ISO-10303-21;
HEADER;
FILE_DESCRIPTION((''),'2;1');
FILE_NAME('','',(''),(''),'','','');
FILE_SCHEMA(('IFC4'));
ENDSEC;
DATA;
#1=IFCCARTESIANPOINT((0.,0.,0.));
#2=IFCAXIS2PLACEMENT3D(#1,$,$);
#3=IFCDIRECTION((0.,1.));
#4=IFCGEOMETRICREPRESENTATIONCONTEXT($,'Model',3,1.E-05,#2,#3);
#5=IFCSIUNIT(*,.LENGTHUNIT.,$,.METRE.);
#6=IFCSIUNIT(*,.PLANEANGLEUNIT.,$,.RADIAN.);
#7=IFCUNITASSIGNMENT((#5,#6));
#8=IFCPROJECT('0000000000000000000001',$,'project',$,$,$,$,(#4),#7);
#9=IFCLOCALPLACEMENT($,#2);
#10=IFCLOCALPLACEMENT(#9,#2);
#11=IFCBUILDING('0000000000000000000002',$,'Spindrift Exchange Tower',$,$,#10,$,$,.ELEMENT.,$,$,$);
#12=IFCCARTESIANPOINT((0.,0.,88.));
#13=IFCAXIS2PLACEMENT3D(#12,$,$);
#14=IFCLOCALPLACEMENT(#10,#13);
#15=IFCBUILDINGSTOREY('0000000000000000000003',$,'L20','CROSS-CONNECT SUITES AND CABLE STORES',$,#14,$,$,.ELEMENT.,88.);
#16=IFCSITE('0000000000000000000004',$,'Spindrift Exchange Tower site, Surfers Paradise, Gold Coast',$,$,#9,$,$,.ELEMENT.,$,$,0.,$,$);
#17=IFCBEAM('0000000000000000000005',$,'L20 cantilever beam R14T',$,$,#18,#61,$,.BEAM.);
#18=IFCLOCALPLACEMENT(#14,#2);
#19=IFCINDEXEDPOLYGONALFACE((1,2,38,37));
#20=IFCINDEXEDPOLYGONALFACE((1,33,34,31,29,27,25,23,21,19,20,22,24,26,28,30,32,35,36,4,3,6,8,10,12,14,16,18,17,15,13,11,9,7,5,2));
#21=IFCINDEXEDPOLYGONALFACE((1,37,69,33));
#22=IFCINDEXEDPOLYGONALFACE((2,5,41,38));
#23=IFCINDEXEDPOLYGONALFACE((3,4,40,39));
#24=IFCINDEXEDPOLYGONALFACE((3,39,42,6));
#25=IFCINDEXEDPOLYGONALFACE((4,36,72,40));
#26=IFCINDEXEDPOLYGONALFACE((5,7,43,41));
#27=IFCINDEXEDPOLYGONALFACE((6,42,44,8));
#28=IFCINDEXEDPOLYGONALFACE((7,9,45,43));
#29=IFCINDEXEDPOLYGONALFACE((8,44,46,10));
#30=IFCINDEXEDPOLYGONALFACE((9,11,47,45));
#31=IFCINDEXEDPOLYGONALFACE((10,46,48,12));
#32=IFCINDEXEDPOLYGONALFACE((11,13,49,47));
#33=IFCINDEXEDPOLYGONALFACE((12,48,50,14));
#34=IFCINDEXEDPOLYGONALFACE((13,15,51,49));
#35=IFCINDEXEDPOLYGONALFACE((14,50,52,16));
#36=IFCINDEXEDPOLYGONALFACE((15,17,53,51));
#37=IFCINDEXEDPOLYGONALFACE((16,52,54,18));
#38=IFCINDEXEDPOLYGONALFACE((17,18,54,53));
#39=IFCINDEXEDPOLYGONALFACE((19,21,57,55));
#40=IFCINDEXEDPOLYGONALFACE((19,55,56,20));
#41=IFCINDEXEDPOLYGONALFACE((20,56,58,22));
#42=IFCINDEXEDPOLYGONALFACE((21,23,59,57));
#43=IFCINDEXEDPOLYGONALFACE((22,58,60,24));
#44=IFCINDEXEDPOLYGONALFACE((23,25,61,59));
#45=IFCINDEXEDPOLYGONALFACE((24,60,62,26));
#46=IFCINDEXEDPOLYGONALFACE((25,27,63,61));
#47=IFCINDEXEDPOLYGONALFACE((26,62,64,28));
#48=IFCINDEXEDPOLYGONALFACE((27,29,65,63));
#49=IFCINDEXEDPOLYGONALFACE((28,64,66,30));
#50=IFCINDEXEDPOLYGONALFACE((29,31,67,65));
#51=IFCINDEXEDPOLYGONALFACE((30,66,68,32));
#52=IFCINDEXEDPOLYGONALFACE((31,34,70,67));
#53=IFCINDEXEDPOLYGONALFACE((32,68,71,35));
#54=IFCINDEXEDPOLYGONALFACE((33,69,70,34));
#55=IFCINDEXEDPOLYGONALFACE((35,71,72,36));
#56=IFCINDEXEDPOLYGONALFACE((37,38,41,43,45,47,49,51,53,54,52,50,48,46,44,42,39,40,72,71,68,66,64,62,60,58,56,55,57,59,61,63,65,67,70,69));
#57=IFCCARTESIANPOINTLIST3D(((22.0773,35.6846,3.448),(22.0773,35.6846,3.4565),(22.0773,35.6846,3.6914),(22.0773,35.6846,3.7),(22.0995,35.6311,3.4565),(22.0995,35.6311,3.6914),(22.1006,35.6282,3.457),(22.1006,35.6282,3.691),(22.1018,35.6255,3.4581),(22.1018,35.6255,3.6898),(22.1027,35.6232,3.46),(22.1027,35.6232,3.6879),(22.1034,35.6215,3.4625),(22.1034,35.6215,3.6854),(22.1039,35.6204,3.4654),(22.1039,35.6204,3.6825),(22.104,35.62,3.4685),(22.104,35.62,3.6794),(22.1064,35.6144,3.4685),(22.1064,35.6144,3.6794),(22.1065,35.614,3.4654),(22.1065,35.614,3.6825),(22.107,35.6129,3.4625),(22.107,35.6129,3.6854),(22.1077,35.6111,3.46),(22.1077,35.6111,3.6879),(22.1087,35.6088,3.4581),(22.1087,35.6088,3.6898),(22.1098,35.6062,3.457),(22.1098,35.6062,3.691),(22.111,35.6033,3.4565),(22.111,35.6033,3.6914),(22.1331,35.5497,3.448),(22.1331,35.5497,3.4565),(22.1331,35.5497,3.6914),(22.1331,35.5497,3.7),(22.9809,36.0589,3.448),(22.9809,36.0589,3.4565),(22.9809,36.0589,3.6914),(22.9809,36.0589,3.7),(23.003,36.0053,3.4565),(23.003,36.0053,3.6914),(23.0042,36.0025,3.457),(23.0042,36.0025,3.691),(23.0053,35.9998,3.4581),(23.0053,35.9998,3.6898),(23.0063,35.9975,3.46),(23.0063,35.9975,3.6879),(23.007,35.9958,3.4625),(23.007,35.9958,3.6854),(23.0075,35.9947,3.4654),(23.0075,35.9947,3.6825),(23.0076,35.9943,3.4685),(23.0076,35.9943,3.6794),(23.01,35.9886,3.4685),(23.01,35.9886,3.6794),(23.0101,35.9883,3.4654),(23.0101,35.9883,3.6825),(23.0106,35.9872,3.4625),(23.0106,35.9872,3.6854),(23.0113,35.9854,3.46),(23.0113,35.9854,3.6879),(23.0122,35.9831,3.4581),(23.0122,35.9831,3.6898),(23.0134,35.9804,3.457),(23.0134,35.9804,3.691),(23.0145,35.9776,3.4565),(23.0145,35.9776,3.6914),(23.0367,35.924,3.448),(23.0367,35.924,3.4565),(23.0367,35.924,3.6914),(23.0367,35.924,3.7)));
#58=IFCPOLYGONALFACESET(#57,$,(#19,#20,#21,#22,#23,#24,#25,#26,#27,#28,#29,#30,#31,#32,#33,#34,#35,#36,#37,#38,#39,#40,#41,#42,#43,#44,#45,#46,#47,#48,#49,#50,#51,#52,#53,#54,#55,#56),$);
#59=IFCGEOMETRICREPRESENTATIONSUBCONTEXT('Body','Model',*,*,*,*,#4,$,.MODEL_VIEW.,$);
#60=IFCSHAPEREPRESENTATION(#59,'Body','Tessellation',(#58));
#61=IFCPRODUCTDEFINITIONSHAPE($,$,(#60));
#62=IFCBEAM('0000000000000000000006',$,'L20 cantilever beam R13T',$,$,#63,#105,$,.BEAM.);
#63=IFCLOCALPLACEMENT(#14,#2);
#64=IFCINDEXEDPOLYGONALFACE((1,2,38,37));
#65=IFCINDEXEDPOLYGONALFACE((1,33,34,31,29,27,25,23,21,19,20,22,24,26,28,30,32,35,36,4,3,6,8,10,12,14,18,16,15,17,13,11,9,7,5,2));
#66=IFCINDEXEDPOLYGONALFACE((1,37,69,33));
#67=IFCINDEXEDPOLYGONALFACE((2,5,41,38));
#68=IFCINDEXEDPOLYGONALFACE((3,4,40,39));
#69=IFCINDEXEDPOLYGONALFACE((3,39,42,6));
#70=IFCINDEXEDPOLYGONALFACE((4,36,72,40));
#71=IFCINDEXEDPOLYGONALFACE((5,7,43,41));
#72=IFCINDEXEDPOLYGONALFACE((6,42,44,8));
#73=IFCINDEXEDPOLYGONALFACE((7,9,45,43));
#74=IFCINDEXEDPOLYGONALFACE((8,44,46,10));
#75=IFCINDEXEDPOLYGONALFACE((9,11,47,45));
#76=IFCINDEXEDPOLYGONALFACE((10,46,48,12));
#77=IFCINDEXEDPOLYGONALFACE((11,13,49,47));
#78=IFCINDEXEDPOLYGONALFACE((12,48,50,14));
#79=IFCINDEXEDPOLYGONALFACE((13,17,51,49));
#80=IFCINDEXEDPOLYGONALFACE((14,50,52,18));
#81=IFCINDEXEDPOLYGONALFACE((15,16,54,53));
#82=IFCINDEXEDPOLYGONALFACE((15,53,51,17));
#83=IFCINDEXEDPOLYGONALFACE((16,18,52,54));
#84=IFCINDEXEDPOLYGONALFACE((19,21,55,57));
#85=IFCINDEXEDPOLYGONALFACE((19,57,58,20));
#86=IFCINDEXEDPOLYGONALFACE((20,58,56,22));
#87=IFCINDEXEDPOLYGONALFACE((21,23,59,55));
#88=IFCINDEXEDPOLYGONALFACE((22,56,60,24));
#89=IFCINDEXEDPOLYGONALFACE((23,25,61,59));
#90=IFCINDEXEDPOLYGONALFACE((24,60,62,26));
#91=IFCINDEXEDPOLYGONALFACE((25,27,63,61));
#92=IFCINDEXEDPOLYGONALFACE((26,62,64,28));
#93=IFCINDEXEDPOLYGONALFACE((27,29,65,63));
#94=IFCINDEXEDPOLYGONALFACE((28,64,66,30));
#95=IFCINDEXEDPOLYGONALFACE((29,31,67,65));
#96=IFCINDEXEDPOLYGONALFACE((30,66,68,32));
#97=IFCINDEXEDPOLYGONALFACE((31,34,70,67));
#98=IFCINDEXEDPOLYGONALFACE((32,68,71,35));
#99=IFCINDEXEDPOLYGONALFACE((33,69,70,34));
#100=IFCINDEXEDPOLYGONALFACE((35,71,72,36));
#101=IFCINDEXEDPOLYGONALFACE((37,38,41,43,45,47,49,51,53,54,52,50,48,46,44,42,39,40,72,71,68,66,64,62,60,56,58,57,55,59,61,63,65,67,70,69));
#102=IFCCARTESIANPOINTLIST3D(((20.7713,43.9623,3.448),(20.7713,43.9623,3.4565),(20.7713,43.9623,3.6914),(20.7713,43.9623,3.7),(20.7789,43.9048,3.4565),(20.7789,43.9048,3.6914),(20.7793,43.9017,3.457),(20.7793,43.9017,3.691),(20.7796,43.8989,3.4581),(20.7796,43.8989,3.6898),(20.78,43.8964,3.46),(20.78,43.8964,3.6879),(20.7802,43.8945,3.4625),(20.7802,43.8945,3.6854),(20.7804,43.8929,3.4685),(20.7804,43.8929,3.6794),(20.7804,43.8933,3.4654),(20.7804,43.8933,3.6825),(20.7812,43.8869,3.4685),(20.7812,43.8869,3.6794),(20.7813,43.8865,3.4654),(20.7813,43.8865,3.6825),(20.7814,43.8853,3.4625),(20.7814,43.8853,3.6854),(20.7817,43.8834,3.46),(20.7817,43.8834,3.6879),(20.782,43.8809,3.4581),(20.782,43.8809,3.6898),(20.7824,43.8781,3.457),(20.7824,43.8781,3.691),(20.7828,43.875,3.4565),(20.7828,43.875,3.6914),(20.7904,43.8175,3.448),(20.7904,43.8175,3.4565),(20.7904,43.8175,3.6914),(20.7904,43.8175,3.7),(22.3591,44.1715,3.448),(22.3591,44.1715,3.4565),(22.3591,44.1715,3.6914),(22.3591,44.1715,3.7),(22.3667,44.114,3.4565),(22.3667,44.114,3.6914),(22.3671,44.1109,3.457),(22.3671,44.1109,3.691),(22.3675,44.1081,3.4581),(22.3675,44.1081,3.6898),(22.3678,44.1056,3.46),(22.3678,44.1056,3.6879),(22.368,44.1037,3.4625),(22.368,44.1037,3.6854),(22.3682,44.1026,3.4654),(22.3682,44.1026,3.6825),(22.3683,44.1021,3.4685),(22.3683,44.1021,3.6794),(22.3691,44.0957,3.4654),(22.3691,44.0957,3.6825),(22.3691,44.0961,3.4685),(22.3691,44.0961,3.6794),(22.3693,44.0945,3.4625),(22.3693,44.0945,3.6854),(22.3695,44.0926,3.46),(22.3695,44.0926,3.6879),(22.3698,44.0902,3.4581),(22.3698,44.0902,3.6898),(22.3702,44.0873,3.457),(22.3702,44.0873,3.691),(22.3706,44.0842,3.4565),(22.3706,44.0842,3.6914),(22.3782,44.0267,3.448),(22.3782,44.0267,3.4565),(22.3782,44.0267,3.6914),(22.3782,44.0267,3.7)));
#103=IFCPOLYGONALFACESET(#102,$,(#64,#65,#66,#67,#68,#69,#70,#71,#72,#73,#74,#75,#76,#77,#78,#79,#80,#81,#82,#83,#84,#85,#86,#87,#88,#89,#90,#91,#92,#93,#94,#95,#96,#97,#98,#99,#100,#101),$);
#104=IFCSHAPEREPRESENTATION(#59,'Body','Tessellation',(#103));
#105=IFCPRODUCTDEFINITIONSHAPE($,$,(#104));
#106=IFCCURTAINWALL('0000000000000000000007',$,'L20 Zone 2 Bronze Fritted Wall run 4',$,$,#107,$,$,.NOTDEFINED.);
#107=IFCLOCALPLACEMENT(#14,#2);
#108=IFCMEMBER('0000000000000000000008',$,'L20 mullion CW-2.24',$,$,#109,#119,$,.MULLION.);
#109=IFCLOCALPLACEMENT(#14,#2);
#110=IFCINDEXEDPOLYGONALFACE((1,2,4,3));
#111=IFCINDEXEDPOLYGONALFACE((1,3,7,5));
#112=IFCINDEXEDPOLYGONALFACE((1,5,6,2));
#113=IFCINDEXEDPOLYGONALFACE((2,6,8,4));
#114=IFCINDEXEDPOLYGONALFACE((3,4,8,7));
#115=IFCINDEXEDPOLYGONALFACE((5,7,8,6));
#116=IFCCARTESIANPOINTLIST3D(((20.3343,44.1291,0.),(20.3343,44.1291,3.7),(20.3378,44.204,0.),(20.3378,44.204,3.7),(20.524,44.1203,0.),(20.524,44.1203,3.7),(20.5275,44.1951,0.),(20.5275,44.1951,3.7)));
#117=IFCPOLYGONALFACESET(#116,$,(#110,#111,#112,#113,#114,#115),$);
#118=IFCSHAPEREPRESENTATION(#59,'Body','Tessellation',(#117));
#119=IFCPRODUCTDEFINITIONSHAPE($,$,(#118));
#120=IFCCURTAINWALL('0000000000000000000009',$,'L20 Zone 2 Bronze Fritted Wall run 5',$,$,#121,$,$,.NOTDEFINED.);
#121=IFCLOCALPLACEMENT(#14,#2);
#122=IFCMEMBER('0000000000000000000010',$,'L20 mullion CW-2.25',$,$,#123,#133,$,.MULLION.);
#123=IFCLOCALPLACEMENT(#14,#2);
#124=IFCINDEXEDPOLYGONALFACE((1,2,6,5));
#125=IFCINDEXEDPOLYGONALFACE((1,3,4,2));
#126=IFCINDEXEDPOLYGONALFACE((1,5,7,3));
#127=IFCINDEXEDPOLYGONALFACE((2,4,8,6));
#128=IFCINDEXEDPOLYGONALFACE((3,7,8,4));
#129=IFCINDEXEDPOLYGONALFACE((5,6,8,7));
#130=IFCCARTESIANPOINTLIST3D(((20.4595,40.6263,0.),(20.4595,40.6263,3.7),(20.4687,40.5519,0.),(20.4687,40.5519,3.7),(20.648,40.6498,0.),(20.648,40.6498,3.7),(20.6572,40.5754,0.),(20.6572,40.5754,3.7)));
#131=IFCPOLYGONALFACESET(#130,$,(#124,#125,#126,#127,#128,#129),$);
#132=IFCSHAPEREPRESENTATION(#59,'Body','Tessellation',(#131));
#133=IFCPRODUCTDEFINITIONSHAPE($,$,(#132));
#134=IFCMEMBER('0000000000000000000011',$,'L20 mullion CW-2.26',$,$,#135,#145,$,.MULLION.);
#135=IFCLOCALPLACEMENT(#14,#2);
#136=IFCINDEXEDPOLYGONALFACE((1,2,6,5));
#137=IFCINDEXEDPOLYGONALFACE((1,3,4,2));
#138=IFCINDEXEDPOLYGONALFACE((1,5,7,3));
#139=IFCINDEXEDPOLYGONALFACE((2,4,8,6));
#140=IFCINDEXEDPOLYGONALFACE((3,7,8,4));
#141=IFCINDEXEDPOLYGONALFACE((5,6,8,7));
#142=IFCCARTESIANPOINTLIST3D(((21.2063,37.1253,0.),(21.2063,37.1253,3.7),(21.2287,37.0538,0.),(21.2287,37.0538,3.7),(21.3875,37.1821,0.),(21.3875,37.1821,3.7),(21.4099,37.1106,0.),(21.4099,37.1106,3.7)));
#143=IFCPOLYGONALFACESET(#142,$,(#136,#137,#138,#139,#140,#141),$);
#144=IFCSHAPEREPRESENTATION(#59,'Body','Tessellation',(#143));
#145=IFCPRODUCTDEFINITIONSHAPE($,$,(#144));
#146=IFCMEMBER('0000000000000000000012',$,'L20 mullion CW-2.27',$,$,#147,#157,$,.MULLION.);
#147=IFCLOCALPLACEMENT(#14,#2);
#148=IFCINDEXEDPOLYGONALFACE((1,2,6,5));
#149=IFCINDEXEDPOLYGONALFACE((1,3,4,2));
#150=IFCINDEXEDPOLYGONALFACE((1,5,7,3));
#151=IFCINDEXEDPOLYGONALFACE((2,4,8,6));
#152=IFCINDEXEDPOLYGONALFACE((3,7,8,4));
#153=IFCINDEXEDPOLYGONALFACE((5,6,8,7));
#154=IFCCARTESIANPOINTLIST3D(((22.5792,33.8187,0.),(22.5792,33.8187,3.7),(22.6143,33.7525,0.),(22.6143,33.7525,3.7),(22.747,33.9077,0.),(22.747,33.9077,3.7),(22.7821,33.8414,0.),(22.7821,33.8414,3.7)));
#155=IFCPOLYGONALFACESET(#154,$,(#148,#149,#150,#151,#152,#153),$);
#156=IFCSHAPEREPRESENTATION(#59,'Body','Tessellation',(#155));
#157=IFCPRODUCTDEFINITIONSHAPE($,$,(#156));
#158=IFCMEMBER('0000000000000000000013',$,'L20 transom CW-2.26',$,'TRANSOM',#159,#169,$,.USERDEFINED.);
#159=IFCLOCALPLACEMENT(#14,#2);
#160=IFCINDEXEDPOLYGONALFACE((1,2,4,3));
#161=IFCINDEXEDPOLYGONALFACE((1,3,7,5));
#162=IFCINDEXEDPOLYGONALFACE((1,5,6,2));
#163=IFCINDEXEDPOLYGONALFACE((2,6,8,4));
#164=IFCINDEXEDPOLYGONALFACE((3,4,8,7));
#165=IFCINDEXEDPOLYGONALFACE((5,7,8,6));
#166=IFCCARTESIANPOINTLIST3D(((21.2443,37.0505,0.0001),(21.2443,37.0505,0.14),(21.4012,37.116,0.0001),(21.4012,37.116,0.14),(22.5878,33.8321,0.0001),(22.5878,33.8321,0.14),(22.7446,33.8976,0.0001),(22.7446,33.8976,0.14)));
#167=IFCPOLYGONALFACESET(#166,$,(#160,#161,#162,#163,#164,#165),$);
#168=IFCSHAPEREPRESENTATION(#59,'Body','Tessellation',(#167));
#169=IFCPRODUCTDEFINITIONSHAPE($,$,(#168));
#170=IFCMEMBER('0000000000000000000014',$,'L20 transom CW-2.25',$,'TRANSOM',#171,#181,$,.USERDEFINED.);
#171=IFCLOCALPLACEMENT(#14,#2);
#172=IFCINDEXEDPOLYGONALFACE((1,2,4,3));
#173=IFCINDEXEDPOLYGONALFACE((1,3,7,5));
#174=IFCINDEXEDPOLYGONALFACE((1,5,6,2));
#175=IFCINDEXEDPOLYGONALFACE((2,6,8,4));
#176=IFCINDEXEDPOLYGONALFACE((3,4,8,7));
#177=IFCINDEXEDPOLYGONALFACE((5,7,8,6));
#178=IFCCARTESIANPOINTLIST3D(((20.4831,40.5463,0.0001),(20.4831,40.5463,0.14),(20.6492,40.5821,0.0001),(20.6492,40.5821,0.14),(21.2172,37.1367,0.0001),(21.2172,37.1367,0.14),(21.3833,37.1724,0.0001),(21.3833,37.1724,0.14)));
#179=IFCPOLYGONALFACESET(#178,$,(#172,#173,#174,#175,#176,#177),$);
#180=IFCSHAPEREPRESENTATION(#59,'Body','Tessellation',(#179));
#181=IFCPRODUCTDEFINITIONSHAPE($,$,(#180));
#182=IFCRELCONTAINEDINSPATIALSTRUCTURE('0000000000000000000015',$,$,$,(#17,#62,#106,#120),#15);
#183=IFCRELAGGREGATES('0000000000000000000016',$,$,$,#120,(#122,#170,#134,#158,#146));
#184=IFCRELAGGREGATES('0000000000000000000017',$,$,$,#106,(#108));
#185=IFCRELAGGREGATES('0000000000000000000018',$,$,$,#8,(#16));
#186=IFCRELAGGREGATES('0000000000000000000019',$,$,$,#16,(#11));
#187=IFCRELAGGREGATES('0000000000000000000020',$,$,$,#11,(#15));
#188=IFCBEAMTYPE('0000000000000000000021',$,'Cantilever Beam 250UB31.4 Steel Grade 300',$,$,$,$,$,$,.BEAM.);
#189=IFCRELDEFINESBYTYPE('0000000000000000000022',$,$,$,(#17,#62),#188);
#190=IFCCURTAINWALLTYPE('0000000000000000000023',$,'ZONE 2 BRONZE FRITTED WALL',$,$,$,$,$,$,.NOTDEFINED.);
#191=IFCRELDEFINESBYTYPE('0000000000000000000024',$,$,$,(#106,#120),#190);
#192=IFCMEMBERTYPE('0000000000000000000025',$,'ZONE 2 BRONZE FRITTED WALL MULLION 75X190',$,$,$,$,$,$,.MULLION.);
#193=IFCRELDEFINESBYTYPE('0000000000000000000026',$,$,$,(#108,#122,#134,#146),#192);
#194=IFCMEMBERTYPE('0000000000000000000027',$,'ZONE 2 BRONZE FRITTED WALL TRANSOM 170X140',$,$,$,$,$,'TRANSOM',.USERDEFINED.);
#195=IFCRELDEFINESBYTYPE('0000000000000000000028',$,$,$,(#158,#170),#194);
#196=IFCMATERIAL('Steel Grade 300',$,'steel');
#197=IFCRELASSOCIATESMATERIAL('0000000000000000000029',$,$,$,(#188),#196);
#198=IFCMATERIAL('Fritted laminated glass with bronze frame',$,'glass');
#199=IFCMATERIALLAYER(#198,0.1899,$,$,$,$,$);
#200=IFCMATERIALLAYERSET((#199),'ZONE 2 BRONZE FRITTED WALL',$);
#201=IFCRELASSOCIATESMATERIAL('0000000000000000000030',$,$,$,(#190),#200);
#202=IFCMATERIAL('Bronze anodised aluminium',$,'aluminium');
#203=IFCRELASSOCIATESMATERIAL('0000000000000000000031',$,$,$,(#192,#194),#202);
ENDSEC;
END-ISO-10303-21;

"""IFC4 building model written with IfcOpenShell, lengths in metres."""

from ifc_helpers import new_model, si_unit, direction, frame, origin, origin_2d, place, context, subcontext, project, spatial, rectangle, i_section, extrude, source, transform, mapped, material, layer, layer_set, material_profile, profile_set, type_object, element, aggregate, save


model = new_model("IFC4")

# Units and contexts
model_context = context("Model", 3, precision=1e-05, world=origin(), true_north=direction((0.0, 1.0)))
body_context = subcontext(model_context, "Body", "Model", "MODEL_VIEW")
ifc_project = project(units=[si_unit("LENGTHUNIT", "METRE"), si_unit("PLANEANGLEUNIT", "RADIAN")], contexts=[model_context])

# Site, building, storey
site_placement = place(None, origin())
site = spatial("IfcSite", under=ifc_project, at=site_placement, Name="Spindrift Exchange Tower site, Surfers Paradise, Gold Coast", CompositionType="ELEMENT", RefElevation=0.0)
building_placement = place(site_placement, origin())
building = spatial("IfcBuilding", under=site, at=building_placement, Name="Spindrift Exchange Tower", CompositionType="ELEMENT")
storey_placement = place(building_placement, frame((0.0, 0.0, 88.0)))
storey = spatial("IfcBuildingStorey", under=building, at=storey_placement, Name="L20", Description="CROSS-CONNECT SUITES AND CABLE STORES", CompositionType="ELEMENT", Elevation=88.0)

# Beams
ifc_material_1 = material(Name="Steel Grade 300", Category="steel")
ifc_material_profile_1 = material_profile(ifc_material_1, i_section(OverallWidth=0.146, OverallDepth=0.252, WebThickness=0.0061, FlangeThickness=0.0085, FilletRadius=0.012, at=origin_2d()), Name="250UB31.4")
ifc_profile_set_1 = profile_set([ifc_material_profile_1], Name="Steel Grade 300")
beam_type_1 = type_object("IfcBeamType", Name="Cantilever Beam 250UB31.4 Steel Grade 300", PredefinedType="BEAM", material=ifc_profile_set_1)
shared_shape_1 = source(origin(), body_context, "Body", "SweptSolid", [
    extrude(i_section(OverallWidth=0.146, OverallDepth=0.252, WebThickness=0.0061, FlangeThickness=0.0085, FilletRadius=0.012, at=origin_2d()), origin(), (0.0, 0.0, 1.0), 0.978),
])
beam_1_placement = place(storey_placement, frame((23.0088, 35.9915, 3.574), z_axis=(-0.92388, -0.382682, 0.0), x_axis=(0.382682, -0.92388, 0.0)))
element("IfcBeam", 1, at=beam_1_placement, inside=storey, type_object=beam_type_1, Name="L20 cantilever beam R14T", PredefinedType="BEAM", context=body_context, shape_type="MappedRepresentation", body=[
    mapped(shared_shape_1, transform((0.0, 0.0, 0.0), scale=1.0)),
])
shared_shape_2 = source(origin(), body_context, "Body", "SweptSolid", [
    extrude(i_section(OverallWidth=0.146, OverallDepth=0.252, WebThickness=0.0061, FlangeThickness=0.0085, FilletRadius=0.012, at=origin_2d()), origin(), (0.0, 0.0, 1.0), 1.6016),
])
beam_2_placement = place(storey_placement, frame((22.3687, 44.0991, 3.574), z_axis=(-0.99143, -0.130636, 0.0), x_axis=(0.130636, -0.99143, 0.0)))
element("IfcBeam", 2, at=beam_2_placement, inside=storey, type_object=beam_type_1, Name="L20 cantilever beam R13T", PredefinedType="BEAM", context=body_context, shape_type="MappedRepresentation", body=[
    mapped(shared_shape_2, transform((0.0, 0.0, 0.0), scale=1.0)),
])

# Curtain wall, member
ifc_material_2 = material(Name="Fritted laminated glass with bronze frame", Category="glass")
ifc_layer_1 = layer(ifc_material_2, 0.1899)
ifc_layer_set_1 = layer_set([ifc_layer_1], Name="ZONE 2 BRONZE FRITTED WALL")
curtain_wall_type = type_object("IfcCurtainWallType", Name="ZONE 2 BRONZE FRITTED WALL", PredefinedType="NOTDEFINED", material=ifc_layer_set_1)
curtain_wall_1_placement = place(storey_placement, origin())
curtain_wall_1 = element("IfcCurtainWall", 3, at=curtain_wall_1_placement, inside=storey, type_object=curtain_wall_type, Name="L20 Zone 2 Bronze Fritted Wall run 4", PredefinedType="NOTDEFINED")
ifc_material_3 = material(Name="Bronze anodised aluminium", Category="aluminium")
ifc_material_profile_2 = material_profile(ifc_material_3, rectangle(XDim=0.075, YDim=0.1899, at=origin_2d()), Name="ZONE 2 BRONZE FRITTED WALL MULLION 75X190")
ifc_profile_set_2 = profile_set([ifc_material_profile_2], Name="Bronze anodised aluminium")
member_type_1 = type_object("IfcMemberType", Name="ZONE 2 BRONZE FRITTED WALL MULLION 75X190", PredefinedType="MULLION", material=ifc_profile_set_2)
shared_shape_3 = source(origin(), body_context, "Body", "SweptSolid", [
    extrude(rectangle(XDim=0.075, YDim=0.1899, at=origin_2d()), origin(), (0.0, 0.0, 1.0), 3.7),
])
member_1_placement = place(storey_placement, frame((20.4309, 44.1621, 0.0), z_axis=(0.0, 0.0, 1.0), x_axis=(-0.046394, -0.998923, 0.0)))
member_1 = element("IfcMember", 4, at=member_1_placement, type_object=member_type_1, Name="L20 mullion CW-2.24", PredefinedType="MULLION", context=body_context, shape_type="MappedRepresentation", body=[
    mapped(shared_shape_3, transform((0.0, 0.0, 0.0), scale=1.0)),
])

# Curtain wall, members
curtain_wall_2_placement = place(storey_placement, origin())
curtain_wall_2 = element("IfcCurtainWall", 5, at=curtain_wall_2_placement, inside=storey, type_object=curtain_wall_type, Name="L20 Zone 2 Bronze Fritted Wall run 5", PredefinedType="NOTDEFINED")
member_2_placement = place(storey_placement, frame((20.5583, 40.6008, 0.0), z_axis=(0.0, 0.0, 1.0), x_axis=(0.123582, -0.992334, 0.0)))
member_2 = element("IfcMember", 6, at=member_2_placement, type_object=member_type_1, Name="L20 mullion CW-2.25", PredefinedType="MULLION", context=body_context, shape_type="MappedRepresentation", body=[
    mapped(shared_shape_3, transform((0.0, 0.0, 0.0), scale=1.0)),
])
member_3_placement = place(storey_placement, frame((21.3081, 37.1179, 0.0), z_axis=(0.0, 0.0, 1.0), x_axis=(0.299118, -0.954216, 0.0)))
member_3 = element("IfcMember", 7, at=member_3_placement, type_object=member_type_1, Name="L20 mullion CW-2.26", PredefinedType="MULLION", context=body_context, shape_type="MappedRepresentation", body=[
    mapped(shared_shape_3, transform((0.0, 0.0, 0.0), scale=1.0)),
])
member_4_placement = place(storey_placement, frame((22.6807, 33.8301, 0.0), z_axis=(0.0, 0.0, 1.0), x_axis=(0.468121, -0.883664, 0.0)))
member_4 = element("IfcMember", 8, at=member_4_placement, type_object=member_type_1, Name="L20 mullion CW-2.27", PredefinedType="MULLION", context=body_context, shape_type="MappedRepresentation", body=[
    mapped(shared_shape_3, transform((0.0, 0.0, 0.0), scale=1.0)),
])
ifc_material_profile_3 = material_profile(ifc_material_3, rectangle(XDim=0.1699, YDim=0.1399, at=origin_2d()), Name="ZONE 2 BRONZE FRITTED WALL TRANSOM 170X140")
ifc_profile_set_3 = profile_set([ifc_material_profile_3], Name="Bronze anodised aluminium")
member_type_2 = type_object("IfcMemberType", Name="ZONE 2 BRONZE FRITTED WALL TRANSOM 170X140", ElementType="TRANSOM", PredefinedType="USERDEFINED", material=ifc_profile_set_3)
shared_shape_4 = source(origin(), body_context, "Body", "SweptSolid", [
    extrude(rectangle(XDim=0.1699, YDim=0.1399, at=origin_2d()), origin(), (0.0, 0.0, 1.0), 3.4875),
])
member_5_placement = place(storey_placement, frame((21.3228, 37.0833, 0.0701), z_axis=(0.385217, -0.922826, 0.0), x_axis=(0.922826, 0.385217, 0.0)))
member_5 = element("IfcMember", 9, at=member_5_placement, type_object=member_type_2, Name="L20 transom CW-2.26", ObjectType="TRANSOM", PredefinedType="USERDEFINED", context=body_context, shape_type="MappedRepresentation", body=[
    mapped(shared_shape_4, transform((0.0, 0.0, 0.0), scale=1.0)),
])
shared_shape_5 = source(origin(), body_context, "Body", "SweptSolid", [
    extrude(rectangle(XDim=0.1699, YDim=0.1399, at=origin_2d()), origin(), (0.0, 0.0, 1.0), 3.4878),
])
member_6_placement = place(storey_placement, frame((20.5662, 40.5642, 0.0701), z_axis=(0.210485, -0.977597, 0.0), x_axis=(0.977597, 0.210485, 0.0)))
member_6 = element("IfcMember", 10, at=member_6_placement, type_object=member_type_2, Name="L20 transom CW-2.25", ObjectType="TRANSOM", PredefinedType="USERDEFINED", context=body_context, shape_type="MappedRepresentation", body=[
    mapped(shared_shape_5, transform((0.0, 0.0, 0.0), scale=1.0)),
])

aggregate(curtain_wall_2, [member_2, member_6, member_3, member_5, member_4])
aggregate(curtain_wall_1, [member_1])

save(model, "model.ifc")
